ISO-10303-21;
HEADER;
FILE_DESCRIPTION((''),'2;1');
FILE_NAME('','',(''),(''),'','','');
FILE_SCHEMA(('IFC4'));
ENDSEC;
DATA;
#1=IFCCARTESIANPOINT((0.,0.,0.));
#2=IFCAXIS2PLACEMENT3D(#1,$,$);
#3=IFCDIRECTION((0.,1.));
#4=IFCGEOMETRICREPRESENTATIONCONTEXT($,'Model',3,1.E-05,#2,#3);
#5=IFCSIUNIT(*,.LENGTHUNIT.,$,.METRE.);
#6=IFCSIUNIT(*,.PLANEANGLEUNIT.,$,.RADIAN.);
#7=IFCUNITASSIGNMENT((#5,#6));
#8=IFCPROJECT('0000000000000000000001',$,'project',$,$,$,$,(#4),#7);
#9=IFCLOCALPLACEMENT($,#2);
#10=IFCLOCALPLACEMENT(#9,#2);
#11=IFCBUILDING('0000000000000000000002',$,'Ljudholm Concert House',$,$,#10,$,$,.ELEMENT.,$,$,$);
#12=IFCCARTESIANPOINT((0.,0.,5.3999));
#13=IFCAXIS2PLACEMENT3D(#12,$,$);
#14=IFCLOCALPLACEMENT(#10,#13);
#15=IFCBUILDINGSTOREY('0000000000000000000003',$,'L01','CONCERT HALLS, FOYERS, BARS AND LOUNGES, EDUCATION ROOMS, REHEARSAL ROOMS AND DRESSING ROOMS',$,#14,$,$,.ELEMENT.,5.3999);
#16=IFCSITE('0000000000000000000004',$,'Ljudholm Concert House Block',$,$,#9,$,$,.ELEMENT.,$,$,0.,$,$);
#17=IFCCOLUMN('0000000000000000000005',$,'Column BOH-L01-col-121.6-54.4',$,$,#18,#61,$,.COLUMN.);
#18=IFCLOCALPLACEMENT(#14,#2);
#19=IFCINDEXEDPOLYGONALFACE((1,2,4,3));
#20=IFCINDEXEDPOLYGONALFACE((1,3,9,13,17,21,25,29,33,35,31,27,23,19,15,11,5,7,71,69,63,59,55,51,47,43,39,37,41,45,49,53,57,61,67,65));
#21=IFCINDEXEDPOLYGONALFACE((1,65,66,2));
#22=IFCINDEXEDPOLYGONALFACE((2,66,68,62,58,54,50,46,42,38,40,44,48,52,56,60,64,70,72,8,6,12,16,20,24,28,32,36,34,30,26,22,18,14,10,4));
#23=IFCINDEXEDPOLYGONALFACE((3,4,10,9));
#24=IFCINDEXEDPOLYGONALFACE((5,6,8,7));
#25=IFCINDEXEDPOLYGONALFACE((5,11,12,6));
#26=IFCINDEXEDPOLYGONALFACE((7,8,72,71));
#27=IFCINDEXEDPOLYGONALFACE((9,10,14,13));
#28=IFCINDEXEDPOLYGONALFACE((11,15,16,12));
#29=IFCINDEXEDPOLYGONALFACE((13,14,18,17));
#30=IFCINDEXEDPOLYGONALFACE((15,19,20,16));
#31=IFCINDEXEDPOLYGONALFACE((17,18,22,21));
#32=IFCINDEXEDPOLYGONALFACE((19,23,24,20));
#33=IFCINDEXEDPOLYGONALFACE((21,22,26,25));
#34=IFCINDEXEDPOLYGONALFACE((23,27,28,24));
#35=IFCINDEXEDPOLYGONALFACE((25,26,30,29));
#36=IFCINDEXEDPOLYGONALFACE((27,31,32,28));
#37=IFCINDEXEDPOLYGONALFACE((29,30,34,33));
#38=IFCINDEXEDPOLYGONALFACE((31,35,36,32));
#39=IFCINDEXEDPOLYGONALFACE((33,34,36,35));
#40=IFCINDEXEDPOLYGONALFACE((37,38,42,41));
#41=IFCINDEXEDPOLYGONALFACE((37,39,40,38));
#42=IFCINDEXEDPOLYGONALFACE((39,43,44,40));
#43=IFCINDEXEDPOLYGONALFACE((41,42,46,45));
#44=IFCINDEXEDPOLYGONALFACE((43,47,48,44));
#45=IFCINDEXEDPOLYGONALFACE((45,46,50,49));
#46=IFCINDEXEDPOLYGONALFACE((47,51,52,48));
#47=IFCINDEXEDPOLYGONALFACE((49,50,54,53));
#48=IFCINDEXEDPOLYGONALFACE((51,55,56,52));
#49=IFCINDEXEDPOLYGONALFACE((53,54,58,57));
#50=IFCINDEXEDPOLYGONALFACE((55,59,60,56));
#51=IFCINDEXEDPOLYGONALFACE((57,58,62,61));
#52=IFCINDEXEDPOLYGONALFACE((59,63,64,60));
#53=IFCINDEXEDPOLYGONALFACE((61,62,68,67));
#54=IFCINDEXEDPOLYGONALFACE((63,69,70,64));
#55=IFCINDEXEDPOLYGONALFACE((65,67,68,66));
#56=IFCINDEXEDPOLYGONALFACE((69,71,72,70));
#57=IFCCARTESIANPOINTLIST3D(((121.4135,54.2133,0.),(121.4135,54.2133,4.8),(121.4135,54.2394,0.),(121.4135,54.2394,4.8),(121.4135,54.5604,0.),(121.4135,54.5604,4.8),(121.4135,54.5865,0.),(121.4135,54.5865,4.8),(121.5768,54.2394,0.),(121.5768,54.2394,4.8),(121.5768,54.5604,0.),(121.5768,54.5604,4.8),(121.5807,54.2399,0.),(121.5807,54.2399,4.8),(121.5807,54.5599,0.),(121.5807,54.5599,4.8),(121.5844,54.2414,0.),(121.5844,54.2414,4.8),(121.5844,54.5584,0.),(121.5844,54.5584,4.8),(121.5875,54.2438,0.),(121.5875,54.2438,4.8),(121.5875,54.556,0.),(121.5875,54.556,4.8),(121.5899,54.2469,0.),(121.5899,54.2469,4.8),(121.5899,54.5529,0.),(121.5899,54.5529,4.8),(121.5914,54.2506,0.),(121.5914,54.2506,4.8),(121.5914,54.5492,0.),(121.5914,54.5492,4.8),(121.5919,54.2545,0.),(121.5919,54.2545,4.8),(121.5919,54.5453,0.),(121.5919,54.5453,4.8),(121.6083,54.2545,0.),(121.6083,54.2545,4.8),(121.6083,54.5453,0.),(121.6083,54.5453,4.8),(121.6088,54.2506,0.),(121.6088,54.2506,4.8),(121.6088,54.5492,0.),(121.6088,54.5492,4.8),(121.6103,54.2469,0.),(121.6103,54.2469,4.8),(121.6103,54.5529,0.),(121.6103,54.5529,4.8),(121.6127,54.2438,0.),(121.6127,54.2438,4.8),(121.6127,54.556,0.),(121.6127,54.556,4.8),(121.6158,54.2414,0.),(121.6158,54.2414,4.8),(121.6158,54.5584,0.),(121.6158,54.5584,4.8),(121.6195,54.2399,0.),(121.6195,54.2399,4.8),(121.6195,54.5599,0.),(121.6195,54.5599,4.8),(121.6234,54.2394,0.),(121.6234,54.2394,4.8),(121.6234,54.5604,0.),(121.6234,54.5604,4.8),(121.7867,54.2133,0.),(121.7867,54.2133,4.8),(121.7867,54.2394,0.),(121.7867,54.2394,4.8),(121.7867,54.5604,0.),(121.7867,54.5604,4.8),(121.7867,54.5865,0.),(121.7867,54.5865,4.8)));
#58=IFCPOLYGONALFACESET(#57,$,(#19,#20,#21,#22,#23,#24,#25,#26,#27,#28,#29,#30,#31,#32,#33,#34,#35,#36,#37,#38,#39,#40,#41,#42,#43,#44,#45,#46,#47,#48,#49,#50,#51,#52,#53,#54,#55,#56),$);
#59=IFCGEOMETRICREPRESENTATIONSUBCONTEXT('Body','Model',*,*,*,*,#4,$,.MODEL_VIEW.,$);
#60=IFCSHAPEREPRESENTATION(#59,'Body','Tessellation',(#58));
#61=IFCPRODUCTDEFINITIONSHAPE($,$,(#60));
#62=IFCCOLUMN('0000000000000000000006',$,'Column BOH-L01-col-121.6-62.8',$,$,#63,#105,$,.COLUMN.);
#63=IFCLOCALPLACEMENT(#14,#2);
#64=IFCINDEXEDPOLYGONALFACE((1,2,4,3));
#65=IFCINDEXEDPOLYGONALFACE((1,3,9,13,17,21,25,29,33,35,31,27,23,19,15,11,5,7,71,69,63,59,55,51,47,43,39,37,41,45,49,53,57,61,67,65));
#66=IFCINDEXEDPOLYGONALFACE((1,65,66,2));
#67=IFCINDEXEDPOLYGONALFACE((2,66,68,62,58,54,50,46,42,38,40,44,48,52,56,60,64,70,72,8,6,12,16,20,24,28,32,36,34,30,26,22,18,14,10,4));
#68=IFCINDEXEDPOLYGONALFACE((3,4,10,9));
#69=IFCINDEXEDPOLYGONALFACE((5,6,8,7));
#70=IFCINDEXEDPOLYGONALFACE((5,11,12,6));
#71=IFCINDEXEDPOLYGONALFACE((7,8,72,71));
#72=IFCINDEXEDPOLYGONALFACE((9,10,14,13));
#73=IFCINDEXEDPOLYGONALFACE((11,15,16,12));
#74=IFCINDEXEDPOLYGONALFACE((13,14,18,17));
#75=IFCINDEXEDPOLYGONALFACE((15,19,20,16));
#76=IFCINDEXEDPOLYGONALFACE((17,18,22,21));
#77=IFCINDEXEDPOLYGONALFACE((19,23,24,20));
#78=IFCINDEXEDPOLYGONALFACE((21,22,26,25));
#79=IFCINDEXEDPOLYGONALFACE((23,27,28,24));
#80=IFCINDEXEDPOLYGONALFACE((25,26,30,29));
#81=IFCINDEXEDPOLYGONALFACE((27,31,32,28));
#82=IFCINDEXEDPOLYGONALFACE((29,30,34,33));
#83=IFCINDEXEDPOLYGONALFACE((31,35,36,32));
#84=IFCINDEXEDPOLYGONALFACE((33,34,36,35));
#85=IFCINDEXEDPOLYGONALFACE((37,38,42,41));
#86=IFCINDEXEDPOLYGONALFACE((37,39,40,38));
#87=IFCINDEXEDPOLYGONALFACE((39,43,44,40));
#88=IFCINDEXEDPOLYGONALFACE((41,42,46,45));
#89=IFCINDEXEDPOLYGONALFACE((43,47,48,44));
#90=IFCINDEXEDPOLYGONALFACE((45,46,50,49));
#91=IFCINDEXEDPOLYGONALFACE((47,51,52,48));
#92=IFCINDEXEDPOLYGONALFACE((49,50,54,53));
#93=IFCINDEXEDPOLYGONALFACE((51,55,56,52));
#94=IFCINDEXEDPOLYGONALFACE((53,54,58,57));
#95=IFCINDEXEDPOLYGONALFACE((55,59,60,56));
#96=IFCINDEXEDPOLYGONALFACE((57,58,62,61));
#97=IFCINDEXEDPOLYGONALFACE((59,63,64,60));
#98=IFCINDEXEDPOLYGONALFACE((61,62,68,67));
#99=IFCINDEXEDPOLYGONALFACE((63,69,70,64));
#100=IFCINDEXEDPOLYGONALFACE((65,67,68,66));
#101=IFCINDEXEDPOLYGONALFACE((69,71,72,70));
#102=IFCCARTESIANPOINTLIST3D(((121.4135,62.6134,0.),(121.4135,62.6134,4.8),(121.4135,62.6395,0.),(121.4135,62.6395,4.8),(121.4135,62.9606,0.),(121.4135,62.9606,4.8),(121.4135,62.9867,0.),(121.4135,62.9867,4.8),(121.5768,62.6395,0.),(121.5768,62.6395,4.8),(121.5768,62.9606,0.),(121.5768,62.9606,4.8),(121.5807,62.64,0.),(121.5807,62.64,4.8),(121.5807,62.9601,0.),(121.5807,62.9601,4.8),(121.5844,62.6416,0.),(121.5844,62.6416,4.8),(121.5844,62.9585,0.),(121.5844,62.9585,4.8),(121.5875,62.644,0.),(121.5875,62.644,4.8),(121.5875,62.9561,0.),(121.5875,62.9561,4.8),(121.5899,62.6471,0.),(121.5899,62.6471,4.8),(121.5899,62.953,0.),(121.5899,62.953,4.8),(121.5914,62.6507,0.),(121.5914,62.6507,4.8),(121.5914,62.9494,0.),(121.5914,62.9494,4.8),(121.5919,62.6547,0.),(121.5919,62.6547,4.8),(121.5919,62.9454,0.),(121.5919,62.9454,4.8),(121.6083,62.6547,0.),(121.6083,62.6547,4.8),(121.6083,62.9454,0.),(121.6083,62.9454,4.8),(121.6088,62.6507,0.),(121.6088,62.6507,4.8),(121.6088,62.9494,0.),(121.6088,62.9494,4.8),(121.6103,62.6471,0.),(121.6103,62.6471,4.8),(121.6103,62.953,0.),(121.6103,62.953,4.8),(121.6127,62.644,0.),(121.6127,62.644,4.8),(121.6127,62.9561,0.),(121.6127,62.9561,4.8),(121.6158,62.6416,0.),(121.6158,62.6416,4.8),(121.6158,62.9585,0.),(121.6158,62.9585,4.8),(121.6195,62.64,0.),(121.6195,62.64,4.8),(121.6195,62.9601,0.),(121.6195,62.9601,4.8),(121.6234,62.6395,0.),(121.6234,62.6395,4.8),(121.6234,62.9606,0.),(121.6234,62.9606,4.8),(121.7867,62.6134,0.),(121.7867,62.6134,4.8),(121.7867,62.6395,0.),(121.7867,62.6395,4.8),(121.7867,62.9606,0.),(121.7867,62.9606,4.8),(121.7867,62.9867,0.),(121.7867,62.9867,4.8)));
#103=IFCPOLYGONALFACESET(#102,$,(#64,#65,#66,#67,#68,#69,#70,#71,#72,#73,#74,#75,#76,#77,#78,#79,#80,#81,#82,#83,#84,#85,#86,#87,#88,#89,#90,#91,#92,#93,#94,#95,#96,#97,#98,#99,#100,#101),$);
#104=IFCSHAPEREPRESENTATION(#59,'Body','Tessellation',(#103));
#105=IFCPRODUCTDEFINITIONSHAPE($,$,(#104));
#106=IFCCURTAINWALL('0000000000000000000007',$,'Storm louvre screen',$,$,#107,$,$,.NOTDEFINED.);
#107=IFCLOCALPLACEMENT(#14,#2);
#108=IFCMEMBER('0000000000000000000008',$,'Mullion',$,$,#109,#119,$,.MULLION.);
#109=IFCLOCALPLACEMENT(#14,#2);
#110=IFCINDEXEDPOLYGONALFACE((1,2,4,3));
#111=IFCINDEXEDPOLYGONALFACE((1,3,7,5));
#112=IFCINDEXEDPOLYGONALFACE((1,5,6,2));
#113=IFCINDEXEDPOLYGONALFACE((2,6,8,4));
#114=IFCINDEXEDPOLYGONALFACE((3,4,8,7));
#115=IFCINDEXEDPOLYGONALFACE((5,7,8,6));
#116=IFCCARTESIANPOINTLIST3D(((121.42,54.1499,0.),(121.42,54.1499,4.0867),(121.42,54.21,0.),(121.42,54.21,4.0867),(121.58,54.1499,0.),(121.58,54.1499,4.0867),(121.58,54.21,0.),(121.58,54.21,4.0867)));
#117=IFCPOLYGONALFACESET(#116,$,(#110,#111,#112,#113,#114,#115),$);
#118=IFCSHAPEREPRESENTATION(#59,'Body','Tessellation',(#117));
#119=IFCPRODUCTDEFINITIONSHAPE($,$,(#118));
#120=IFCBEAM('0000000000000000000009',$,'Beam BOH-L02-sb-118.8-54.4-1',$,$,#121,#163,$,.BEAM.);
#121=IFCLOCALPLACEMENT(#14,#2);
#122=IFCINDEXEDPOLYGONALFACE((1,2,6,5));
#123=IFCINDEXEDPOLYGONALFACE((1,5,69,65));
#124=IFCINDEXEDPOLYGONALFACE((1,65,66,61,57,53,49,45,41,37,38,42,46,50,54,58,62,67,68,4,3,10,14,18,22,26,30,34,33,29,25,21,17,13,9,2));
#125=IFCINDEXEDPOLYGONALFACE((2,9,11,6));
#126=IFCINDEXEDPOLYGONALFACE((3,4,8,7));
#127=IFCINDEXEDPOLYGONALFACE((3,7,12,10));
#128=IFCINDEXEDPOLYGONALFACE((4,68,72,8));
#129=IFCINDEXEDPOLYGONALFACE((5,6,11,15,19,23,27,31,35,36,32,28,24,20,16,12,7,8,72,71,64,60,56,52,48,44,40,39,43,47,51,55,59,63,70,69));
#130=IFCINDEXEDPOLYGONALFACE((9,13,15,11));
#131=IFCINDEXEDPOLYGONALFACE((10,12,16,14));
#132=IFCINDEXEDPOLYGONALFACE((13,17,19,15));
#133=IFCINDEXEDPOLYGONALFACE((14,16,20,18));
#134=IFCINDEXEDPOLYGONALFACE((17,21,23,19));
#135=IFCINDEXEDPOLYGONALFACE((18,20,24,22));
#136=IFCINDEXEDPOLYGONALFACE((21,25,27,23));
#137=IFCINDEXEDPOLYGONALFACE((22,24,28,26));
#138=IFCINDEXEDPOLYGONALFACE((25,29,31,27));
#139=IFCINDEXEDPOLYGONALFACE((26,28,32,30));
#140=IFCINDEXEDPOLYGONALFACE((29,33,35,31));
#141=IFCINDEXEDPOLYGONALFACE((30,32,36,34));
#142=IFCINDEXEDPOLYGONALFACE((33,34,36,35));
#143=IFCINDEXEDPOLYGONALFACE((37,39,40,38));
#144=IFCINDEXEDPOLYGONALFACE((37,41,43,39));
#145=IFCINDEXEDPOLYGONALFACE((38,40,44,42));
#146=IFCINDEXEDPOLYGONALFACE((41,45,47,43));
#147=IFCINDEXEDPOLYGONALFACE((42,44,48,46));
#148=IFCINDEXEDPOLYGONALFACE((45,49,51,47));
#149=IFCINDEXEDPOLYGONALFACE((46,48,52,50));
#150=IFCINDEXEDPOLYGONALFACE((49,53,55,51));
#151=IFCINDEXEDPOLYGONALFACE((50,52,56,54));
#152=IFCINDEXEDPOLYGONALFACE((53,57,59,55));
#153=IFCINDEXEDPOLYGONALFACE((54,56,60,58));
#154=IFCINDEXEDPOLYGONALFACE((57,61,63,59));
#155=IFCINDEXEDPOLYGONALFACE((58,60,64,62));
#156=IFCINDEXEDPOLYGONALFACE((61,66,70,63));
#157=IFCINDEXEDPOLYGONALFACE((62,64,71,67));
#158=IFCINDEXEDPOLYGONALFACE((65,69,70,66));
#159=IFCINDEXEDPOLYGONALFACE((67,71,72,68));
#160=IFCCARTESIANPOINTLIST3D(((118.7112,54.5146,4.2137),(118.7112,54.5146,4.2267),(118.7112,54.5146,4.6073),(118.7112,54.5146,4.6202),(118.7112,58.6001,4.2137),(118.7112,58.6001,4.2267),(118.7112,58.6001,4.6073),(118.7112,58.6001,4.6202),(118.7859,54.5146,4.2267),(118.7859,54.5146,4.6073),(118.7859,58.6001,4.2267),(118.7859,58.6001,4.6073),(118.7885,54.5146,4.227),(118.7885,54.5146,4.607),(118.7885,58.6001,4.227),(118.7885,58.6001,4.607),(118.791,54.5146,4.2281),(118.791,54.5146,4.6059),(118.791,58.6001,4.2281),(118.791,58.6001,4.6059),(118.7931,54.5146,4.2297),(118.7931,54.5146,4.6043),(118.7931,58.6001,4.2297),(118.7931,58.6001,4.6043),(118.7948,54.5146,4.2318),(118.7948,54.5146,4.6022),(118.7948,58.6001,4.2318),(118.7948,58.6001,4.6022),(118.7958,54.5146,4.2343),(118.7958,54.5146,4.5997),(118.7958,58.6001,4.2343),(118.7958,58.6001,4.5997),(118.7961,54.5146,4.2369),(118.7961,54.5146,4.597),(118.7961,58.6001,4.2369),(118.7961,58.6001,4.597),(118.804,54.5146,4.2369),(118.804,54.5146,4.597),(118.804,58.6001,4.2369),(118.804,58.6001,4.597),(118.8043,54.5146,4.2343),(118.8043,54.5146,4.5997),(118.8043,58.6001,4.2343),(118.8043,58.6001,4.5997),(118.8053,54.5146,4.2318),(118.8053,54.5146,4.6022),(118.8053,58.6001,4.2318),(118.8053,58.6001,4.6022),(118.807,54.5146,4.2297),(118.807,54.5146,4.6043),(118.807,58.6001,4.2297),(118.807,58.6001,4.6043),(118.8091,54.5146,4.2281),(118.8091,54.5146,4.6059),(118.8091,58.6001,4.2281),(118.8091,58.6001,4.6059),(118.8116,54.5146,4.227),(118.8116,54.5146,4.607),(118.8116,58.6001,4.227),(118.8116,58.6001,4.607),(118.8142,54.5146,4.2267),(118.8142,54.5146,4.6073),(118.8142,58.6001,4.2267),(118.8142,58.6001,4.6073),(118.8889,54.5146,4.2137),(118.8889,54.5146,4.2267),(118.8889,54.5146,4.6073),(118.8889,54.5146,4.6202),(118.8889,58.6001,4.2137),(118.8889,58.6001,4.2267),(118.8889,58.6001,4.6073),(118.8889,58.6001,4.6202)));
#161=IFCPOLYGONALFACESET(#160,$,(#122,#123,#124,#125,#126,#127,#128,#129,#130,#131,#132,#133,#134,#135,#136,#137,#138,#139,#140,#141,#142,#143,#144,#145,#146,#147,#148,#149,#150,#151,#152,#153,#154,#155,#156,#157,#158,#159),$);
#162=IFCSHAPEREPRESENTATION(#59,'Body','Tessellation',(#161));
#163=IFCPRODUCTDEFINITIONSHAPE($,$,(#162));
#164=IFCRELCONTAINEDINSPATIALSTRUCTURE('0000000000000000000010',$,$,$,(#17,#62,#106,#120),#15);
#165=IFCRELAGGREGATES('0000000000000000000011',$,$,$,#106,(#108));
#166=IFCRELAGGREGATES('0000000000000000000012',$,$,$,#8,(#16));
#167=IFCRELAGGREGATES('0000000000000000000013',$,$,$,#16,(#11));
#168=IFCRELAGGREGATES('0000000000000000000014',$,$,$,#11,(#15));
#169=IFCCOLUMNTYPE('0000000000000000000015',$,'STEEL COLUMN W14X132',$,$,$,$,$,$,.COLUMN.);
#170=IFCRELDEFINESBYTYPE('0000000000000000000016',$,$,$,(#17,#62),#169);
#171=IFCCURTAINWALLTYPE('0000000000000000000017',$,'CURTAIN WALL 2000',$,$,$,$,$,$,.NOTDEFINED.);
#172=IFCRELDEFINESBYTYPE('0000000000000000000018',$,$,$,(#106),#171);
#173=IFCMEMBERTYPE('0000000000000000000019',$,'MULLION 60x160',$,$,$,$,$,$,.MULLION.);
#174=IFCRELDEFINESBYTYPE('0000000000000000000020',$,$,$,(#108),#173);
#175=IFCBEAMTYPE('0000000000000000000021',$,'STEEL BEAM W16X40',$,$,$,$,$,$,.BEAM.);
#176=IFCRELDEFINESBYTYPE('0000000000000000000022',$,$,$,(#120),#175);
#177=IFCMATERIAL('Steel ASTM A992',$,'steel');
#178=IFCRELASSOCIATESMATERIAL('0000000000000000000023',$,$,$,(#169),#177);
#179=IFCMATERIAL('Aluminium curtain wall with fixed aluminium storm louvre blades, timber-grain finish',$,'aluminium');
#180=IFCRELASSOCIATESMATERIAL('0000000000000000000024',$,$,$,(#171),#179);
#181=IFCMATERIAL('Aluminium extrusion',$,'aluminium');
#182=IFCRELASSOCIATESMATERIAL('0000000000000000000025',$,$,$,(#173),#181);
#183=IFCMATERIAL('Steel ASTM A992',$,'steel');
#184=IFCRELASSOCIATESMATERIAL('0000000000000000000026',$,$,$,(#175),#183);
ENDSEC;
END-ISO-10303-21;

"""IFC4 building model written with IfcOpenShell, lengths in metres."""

from ifc_helpers import new_model, si_unit, direction, frame, origin, origin_2d, place, context, subcontext, project, spatial, rectangle, i_section, extrude, material, material_profile, profile_set, type_object, element, aggregate, save


model = new_model("IFC4")

# Units and contexts
model_context = context("Model", 3, precision=1e-05, world=origin(), true_north=direction((0.0, 1.0)))
body_context = subcontext(model_context, "Body", "Model", "MODEL_VIEW")
ifc_project = project(units=[si_unit("LENGTHUNIT", "METRE"), si_unit("PLANEANGLEUNIT", "RADIAN")], contexts=[model_context])

# Site, building, storey
site_placement = place(None, origin())
site = spatial("IfcSite", under=ifc_project, at=site_placement, Name="Ljudholm Concert House Block", CompositionType="ELEMENT", RefElevation=0.0)
building_placement = place(site_placement, origin())
building = spatial("IfcBuilding", under=site, at=building_placement, Name="Ljudholm Concert House", CompositionType="ELEMENT")
storey_placement = place(building_placement, frame((0.0, 0.0, 5.3999)))
storey = spatial("IfcBuildingStorey", under=building, at=storey_placement, Name="L01", Description="CONCERT HALLS, FOYERS, BARS AND LOUNGES, EDUCATION ROOMS, REHEARSAL ROOMS AND DRESSING ROOMS", CompositionType="ELEMENT", Elevation=5.3999)

# Columns
ifc_material_1 = material(Name="Steel ASTM A992", Category="steel")
ifc_material_profile_1 = material_profile(ifc_material_1, i_section(OverallWidth=0.3733, OverallDepth=0.3733, WebThickness=0.0164, FlangeThickness=0.0261, FilletRadius=0.0151, at=origin_2d()), Name="W14X132")
ifc_profile_set_1 = profile_set([ifc_material_profile_1], Name="Steel ASTM A992")
column_type = type_object("IfcColumnType", Name="STEEL COLUMN W14X132", PredefinedType="COLUMN", material=ifc_profile_set_1)
for number, where, z_axis, x_axis, name in (
    (1, (121.6001, 54.3999, 0.0), (0.0, 0.0, 1.0), (1.0, 0.0, 0.0), "Column BOH-L01-col-121.6-54.4"),
    (2, (121.6001, 62.8, 0.0), (0.0, 0.0, 1.0), (1.0, 0.0, 0.0), "Column BOH-L01-col-121.6-62.8"),
):
    element("IfcColumn", number, at=place(storey_placement, frame(where, z_axis=z_axis, x_axis=x_axis)), inside=storey, type_object=column_type, Name=name, PredefinedType="COLUMN", context=body_context, shape_type="SweptSolid", body=[
        extrude(i_section(OverallWidth=0.3733, OverallDepth=0.3733, WebThickness=0.0164, FlangeThickness=0.0261, FilletRadius=0.0151, at=origin_2d()), origin(), (0.0, 0.0, 1.0), 4.8),
    ])

# Curtain wall, member
ifc_material_2 = material(Name="Aluminium curtain wall with fixed aluminium storm louvre blades, timber-grain finish", Category="aluminium")
curtain_wall_type = type_object("IfcCurtainWallType", Name="CURTAIN WALL 2000", PredefinedType="NOTDEFINED", material=ifc_material_2)
curtain_wall_placement = place(storey_placement, origin())
curtain_wall = element("IfcCurtainWall", 3, at=curtain_wall_placement, inside=storey, type_object=curtain_wall_type, Name="Storm louvre screen", PredefinedType="NOTDEFINED")
ifc_material_3 = material(Name="Aluminium extrusion", Category="aluminium")
ifc_material_profile_2 = material_profile(ifc_material_3, rectangle(XDim=0.1599, YDim=0.0601, at=origin_2d()), Name="MULLION 60x160")
ifc_profile_set_2 = profile_set([ifc_material_profile_2], Name="Aluminium extrusion")
member_type = type_object("IfcMemberType", Name="MULLION 60x160", PredefinedType="MULLION", material=ifc_profile_set_2)
member_placement = place(storey_placement, frame((121.5, 54.1799, 0.0), z_axis=(0.0, 0.0, 1.0), x_axis=(-1.0, 0.0, 0.0)))
member = element("IfcMember", 4, at=member_placement, type_object=member_type, Name="Mullion", PredefinedType="MULLION", context=body_context, shape_type="SweptSolid", body=[
    extrude(rectangle(XDim=0.1599, YDim=0.0601, at=origin_2d()), origin(), (0.0, 0.0, 1.0), 4.0867),
])

# Beam
ifc_material_4 = material(Name="Steel ASTM A992", Category="steel")
ifc_material_profile_3 = material_profile(ifc_material_4, i_section(OverallWidth=0.1777, OverallDepth=0.4065, WebThickness=0.0078, FlangeThickness=0.0129, FilletRadius=0.0103, at=origin_2d()), Name="W16X40")
ifc_profile_set_3 = profile_set([ifc_material_profile_3], Name="Steel ASTM A992")
beam_type_1 = type_object("IfcBeamType", Name="STEEL BEAM W16X40", PredefinedType="BEAM", material=ifc_profile_set_3)
beam_1_placement = place(storey_placement, frame((118.8, 54.5146, 4.417), z_axis=(0.0, 1.0, 0.0), x_axis=(-1.0, 0.0, 0.0)))
element("IfcBeam", 5, at=beam_1_placement, inside=storey, type_object=beam_type_1, Name="Beam BOH-L02-sb-118.8-54.4-1", PredefinedType="BEAM", context=body_context, shape_type="SweptSolid", body=[
    extrude(i_section(OverallWidth=0.1777, OverallDepth=0.4065, WebThickness=0.0078, FlangeThickness=0.0129, FilletRadius=0.0103, at=origin_2d()), origin(), (0.0, 0.0, 1.0), 4.0854),
])

aggregate(curtain_wall, [member])

save(model, "model.ifc")
